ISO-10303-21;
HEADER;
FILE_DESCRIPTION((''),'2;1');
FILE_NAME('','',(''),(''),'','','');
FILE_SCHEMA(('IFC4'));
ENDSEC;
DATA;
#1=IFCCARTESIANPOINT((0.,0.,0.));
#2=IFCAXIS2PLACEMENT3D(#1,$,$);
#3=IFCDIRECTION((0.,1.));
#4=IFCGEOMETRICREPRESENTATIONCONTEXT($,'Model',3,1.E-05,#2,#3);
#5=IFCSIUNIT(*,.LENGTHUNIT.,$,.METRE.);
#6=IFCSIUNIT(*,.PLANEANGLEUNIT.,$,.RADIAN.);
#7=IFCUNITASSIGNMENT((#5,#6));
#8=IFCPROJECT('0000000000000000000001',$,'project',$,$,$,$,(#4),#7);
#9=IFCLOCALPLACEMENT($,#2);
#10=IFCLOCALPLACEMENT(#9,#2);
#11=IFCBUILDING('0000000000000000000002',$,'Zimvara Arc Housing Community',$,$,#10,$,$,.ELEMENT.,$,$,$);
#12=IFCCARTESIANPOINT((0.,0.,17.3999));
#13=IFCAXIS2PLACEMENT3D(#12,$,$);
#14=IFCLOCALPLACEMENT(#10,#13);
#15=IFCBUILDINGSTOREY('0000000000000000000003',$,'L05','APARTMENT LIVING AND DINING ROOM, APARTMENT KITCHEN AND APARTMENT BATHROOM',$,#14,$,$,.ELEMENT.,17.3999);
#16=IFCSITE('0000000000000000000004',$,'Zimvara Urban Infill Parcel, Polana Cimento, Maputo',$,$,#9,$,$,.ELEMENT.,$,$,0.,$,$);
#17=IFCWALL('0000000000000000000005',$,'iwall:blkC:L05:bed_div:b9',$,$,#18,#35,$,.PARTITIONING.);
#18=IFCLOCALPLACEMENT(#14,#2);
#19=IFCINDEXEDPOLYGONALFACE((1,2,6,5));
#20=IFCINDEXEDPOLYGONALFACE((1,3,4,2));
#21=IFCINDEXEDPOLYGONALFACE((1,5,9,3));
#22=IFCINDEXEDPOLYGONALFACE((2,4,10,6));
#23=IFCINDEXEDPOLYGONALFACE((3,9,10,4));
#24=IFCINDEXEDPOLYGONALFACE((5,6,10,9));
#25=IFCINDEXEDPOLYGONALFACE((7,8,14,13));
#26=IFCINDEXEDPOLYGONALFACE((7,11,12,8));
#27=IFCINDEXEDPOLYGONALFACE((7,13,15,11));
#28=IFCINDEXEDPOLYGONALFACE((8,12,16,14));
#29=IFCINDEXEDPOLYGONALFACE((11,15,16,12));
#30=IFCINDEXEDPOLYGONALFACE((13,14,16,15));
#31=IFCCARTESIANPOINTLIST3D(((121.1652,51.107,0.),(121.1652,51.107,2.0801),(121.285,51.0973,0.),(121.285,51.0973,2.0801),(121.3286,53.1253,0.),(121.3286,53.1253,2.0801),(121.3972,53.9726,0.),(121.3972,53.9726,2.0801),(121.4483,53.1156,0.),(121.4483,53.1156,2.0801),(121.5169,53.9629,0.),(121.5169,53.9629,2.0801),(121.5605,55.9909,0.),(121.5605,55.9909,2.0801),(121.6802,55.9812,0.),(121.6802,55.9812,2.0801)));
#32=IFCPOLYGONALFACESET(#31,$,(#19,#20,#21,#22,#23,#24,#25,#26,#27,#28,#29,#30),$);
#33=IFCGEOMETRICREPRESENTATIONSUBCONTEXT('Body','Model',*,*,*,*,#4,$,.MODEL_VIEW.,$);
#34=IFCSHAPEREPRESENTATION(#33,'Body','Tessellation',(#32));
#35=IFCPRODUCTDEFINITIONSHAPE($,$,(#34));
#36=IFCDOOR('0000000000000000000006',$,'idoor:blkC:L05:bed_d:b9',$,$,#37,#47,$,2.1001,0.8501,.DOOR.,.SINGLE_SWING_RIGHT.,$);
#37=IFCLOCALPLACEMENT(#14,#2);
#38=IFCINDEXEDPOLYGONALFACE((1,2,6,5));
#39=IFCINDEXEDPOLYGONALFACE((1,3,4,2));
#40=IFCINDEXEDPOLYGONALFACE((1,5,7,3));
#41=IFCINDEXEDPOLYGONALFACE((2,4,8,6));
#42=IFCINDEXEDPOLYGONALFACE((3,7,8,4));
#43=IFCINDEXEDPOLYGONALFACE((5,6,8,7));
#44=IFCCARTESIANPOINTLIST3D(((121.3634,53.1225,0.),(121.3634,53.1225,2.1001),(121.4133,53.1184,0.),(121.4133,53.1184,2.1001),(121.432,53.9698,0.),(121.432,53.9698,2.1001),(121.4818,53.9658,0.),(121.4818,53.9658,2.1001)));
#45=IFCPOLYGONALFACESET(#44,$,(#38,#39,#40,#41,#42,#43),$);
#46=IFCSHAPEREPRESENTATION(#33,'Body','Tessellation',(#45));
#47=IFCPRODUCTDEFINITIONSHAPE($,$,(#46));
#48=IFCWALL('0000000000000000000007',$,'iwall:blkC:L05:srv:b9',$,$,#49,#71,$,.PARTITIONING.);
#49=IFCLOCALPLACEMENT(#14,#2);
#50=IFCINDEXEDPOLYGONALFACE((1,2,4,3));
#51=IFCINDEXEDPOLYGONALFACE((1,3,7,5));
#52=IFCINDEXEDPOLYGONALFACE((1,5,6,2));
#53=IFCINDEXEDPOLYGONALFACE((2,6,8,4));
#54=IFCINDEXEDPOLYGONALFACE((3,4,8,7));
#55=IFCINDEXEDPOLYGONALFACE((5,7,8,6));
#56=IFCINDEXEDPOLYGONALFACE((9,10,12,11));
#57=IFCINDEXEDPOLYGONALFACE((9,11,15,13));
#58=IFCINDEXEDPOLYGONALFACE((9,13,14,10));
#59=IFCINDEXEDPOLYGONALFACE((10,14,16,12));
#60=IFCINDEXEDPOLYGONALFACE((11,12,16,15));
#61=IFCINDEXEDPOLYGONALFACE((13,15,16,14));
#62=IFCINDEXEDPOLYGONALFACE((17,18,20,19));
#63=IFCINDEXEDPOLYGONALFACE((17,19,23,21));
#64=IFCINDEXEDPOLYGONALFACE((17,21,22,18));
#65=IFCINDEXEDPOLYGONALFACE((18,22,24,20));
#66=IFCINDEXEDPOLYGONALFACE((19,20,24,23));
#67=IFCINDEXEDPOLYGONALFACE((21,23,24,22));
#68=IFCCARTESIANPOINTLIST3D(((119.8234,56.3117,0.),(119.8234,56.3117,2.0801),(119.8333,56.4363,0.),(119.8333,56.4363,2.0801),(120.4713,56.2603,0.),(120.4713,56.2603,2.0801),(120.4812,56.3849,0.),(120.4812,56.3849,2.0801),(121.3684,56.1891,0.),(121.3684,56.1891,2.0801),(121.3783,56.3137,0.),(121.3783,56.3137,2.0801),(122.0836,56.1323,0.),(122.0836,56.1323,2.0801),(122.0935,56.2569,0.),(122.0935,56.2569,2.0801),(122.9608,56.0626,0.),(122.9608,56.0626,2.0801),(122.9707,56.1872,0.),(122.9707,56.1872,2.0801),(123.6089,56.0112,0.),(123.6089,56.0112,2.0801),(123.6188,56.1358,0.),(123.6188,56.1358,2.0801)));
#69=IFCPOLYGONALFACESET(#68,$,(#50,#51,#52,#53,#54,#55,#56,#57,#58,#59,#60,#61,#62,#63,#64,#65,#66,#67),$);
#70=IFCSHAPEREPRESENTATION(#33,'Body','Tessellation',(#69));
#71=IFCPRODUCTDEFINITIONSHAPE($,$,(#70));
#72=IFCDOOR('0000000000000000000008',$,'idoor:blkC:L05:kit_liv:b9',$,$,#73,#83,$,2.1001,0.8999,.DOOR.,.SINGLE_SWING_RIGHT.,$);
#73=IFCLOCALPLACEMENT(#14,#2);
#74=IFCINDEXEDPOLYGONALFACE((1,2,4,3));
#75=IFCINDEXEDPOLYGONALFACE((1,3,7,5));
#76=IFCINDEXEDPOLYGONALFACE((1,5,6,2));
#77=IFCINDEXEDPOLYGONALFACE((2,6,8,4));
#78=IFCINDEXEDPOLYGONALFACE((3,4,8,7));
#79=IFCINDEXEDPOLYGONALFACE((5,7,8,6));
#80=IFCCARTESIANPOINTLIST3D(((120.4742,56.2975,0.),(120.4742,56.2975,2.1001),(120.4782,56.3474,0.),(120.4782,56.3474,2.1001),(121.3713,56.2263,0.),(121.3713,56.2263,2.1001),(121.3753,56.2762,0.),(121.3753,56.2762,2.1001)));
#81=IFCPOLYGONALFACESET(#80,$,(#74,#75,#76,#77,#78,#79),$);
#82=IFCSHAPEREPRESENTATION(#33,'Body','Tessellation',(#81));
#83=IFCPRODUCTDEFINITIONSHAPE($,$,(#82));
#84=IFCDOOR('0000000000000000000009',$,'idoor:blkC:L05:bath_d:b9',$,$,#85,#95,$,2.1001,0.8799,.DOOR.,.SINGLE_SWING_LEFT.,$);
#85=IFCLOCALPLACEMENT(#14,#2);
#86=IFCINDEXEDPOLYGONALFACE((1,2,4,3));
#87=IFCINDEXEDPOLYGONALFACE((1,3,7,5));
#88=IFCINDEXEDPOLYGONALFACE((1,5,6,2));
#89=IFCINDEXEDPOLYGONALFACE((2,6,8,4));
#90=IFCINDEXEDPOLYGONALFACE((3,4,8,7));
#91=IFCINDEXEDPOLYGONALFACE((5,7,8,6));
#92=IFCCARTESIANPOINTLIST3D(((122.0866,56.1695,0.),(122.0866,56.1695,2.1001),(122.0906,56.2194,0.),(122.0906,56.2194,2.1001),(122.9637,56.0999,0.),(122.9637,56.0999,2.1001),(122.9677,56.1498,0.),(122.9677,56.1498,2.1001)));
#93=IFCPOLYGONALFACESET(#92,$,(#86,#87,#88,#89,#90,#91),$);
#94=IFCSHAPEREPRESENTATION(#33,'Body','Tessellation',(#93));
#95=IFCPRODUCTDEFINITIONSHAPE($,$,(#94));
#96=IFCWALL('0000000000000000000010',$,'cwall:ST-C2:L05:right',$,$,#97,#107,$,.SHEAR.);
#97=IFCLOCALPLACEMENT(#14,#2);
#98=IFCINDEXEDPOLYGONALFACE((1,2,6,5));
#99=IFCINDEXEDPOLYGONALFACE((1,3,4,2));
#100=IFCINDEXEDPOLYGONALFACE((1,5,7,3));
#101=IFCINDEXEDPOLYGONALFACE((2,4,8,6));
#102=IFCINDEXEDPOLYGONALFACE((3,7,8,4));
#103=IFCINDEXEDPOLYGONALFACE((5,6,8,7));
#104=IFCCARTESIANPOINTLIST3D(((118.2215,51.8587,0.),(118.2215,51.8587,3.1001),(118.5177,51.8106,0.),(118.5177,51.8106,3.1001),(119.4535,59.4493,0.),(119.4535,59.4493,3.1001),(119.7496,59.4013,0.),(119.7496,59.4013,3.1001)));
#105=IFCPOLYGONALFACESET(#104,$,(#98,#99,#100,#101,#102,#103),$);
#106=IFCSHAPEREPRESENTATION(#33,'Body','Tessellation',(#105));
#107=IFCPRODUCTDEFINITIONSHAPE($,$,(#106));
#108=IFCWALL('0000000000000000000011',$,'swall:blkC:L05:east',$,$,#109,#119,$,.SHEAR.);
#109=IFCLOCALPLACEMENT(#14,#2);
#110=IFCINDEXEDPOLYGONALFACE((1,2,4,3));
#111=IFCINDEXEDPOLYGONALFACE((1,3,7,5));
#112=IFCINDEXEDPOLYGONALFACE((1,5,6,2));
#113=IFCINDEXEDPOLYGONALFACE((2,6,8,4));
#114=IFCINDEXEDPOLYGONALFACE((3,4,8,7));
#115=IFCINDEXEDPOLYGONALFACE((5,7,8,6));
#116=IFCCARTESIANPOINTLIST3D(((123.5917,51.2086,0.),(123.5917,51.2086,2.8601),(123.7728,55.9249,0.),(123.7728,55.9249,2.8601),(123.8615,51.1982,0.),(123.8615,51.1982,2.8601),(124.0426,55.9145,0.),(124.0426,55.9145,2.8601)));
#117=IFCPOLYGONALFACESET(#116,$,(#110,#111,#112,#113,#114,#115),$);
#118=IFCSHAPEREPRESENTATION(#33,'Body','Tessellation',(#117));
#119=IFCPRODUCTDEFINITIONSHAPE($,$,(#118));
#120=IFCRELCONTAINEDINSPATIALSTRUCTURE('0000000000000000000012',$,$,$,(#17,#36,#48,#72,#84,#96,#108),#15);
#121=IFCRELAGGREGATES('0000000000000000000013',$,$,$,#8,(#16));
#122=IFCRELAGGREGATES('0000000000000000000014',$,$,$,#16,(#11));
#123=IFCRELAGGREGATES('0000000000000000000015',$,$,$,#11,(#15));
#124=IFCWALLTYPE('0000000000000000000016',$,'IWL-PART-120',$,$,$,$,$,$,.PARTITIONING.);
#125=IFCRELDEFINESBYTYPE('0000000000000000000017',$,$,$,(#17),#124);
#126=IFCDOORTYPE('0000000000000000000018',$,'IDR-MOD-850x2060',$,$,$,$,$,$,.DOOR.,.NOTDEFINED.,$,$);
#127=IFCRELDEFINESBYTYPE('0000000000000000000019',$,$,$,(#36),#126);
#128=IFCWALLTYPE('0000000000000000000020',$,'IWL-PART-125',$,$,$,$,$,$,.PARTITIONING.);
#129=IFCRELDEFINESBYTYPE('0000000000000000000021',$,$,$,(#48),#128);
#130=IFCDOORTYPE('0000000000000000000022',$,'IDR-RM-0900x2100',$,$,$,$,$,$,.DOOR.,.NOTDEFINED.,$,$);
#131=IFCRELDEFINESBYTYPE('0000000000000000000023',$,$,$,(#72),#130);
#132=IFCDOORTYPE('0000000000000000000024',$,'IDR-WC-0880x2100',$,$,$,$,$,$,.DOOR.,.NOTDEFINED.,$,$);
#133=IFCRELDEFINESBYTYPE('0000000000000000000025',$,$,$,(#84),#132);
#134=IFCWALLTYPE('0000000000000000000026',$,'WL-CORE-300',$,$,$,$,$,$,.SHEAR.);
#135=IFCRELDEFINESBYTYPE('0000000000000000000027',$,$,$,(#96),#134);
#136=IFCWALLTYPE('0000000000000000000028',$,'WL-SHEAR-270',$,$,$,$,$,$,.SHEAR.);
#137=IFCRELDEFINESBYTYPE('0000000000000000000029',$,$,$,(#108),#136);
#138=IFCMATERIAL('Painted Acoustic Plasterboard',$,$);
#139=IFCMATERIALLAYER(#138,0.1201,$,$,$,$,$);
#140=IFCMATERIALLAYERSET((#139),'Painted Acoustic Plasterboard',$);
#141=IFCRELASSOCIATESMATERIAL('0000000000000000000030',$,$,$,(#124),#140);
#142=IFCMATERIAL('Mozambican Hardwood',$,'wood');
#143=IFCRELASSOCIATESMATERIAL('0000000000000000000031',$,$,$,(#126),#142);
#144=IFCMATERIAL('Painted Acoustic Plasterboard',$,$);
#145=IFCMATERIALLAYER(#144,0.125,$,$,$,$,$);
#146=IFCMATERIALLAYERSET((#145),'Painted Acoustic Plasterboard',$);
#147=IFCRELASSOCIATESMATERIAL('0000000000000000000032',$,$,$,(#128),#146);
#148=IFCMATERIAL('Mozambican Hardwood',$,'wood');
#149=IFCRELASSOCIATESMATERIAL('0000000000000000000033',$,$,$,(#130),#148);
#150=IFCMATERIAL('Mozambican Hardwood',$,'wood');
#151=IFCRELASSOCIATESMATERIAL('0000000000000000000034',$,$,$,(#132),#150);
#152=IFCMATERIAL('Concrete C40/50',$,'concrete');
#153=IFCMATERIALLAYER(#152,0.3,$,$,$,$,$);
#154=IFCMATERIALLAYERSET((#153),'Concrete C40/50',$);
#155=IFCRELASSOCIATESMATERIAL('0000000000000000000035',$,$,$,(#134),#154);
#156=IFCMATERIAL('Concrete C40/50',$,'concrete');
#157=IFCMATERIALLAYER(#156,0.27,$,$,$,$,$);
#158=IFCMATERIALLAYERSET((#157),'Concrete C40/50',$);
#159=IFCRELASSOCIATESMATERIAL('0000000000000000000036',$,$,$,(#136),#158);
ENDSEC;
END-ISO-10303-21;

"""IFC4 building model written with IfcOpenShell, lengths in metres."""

from ifc_helpers import new_model, si_unit, direction, frame, frame_2d, origin, place, context, subcontext, project, spatial, rectangle, extrude, material, layer, layer_set, type_object, element, fill, save


model = new_model("IFC4")

# Units and contexts
model_context = context("Model", 3, precision=1e-05, world=origin(), true_north=direction((0.0, 1.0)))
body_context = subcontext(model_context, "Body", "Model", "MODEL_VIEW")
ifc_project = project(units=[si_unit("LENGTHUNIT", "METRE"), si_unit("PLANEANGLEUNIT", "RADIAN")], contexts=[model_context])

# Site, building, storey
site_placement = place(None, origin())
site = spatial("IfcSite", under=ifc_project, at=site_placement, Name="Zimvara Urban Infill Parcel, Polana Cimento, Maputo", CompositionType="ELEMENT", RefElevation=0.0)
building_placement = place(site_placement, origin())
building = spatial("IfcBuilding", under=site, at=building_placement, Name="Zimvara Arc Housing Community", CompositionType="ELEMENT")
storey_placement = place(building_placement, frame((0.0, 0.0, 17.3999)))
storey = spatial("IfcBuildingStorey", under=building, at=storey_placement, Name="L05", Description="APARTMENT LIVING AND DINING ROOM, APARTMENT KITCHEN AND APARTMENT BATHROOM", CompositionType="ELEMENT", Elevation=17.3999)

# Wall, opening, door
ifc_material_1 = material(Name="Painted Acoustic Plasterboard")
ifc_layer_1 = layer(ifc_material_1, 0.1201)
ifc_layer_set_1 = layer_set([ifc_layer_1], Name="Painted Acoustic Plasterboard")
wall_type_1 = type_object("IfcWallType", Name="IWL-PART-120", PredefinedType="PARTITIONING", material=ifc_layer_set_1)
wall_1_placement = place(storey_placement, frame((121.6204, 55.9861, 0.0), z_axis=(0.0, 0.0, 1.0), x_axis=(-0.080666, -0.996741, 0.0)))
wall_1 = element("IfcWall", 1, at=wall_1_placement, inside=storey, type_object=wall_type_1, Name="iwall:blkC:L05:bed_div:b9", PredefinedType="PARTITIONING", context=body_context, shape_type="SweptSolid", body=[
    extrude(rectangle(XDim=4.8999, YDim=0.1201, at=frame_2d((2.45, 0.0))), origin(), (0.0, 0.0, 1.0), 2.0801),
])
opening_1_placement = place(wall_1_placement, frame((2.0249, 0.0, 0.0)))
opening_1 = element("IfcOpeningElement", 2, at=opening_1_placement, cuts=wall_1, PredefinedType="OPENING", context=body_context, shape_type="SweptSolid", body=[
    extrude(rectangle(XDim=0.8501, YDim=2.1001, at=frame_2d((0.425, 1.05))), frame((0.0, 0.0701, 0.0), z_axis=(0.0, -1.0, 0.0), x_axis=(1.0, 0.0, 0.0)), (0.0, 0.0, 1.0), 0.1401),
])
ifc_material_2 = material(Name="Mozambican Hardwood", Category="wood")
door_type_1 = type_object("IfcDoorType", Name="IDR-MOD-850x2060", OperationType="NOTDEFINED", PredefinedType="DOOR", material=ifc_material_2)
door_1_placement = place(opening_1_placement, origin())
door_1 = element("IfcDoor", 3, at=door_1_placement, inside=storey, type_object=door_type_1, Name="idoor:blkC:L05:bed_d:b9", OperationType="SINGLE_SWING_RIGHT", OverallHeight=2.1001, OverallWidth=0.8501, PredefinedType="DOOR", context=body_context, shape_type="SweptSolid", body=[
    extrude(rectangle(XDim=0.8501, YDim=2.1001, at=frame_2d((0.425, 1.05))), frame((0.0, 0.0249, 0.0), z_axis=(0.0, -1.0, 0.0), x_axis=(1.0, 0.0, 0.0)), (0.0, 0.0, 1.0), 0.05),
])
fill(opening_1, door_1)

# Wall, openings, doors
ifc_material_3 = material(Name="Painted Acoustic Plasterboard")
ifc_layer_2 = layer(ifc_material_3, 0.125)
ifc_layer_set_2 = layer_set([ifc_layer_2], Name="Painted Acoustic Plasterboard")
wall_type_2 = type_object("IfcWallType", Name="IWL-PART-125", PredefinedType="PARTITIONING", material=ifc_layer_set_2)
wall_2_placement = place(storey_placement, frame((119.8284, 56.374, 0.0), z_axis=(0.0, 0.0, 1.0), x_axis=(0.996863, -0.079145, 0.0)))
wall_2 = element("IfcWall", 4, at=wall_2_placement, inside=storey, type_object=wall_type_2, Name="iwall:blkC:L05:srv:b9", PredefinedType="PARTITIONING", context=body_context, shape_type="SweptSolid", body=[
    extrude(rectangle(XDim=3.7974, YDim=0.125, at=frame_2d((1.8987, 0.0))), origin(), (0.0, 0.0, 1.0), 2.0801),
])
opening_2_placement = place(wall_2_placement, frame((0.6499, 0.0, 0.0)))
opening_2 = element("IfcOpeningElement", 5, at=opening_2_placement, cuts=wall_2, PredefinedType="OPENING", context=body_context, shape_type="SweptSolid", body=[
    extrude(rectangle(XDim=0.8999, YDim=2.1001, at=frame_2d((0.45, 1.05))), frame((0.0, 0.0725, 0.0), z_axis=(0.0, -1.0, 0.0), x_axis=(1.0, 0.0, 0.0)), (0.0, 0.0, 1.0), 0.145),
])
opening_3_placement = place(wall_2_placement, frame((2.2673, 0.0, 0.0)))
opening_3 = element("IfcOpeningElement", 6, at=opening_3_placement, cuts=wall_2, PredefinedType="OPENING", context=body_context, shape_type="SweptSolid", body=[
    extrude(rectangle(XDim=0.8799, YDim=2.1001, at=frame_2d((0.4399, 1.05))), frame((0.0, 0.0725, 0.0), z_axis=(0.0, -1.0, 0.0), x_axis=(1.0, 0.0, 0.0)), (0.0, 0.0, 1.0), 0.145),
])
ifc_material_4 = material(Name="Mozambican Hardwood", Category="wood")
door_type_2 = type_object("IfcDoorType", Name="IDR-RM-0900x2100", OperationType="NOTDEFINED", PredefinedType="DOOR", material=ifc_material_4)
door_2_placement = place(opening_2_placement, origin())
door_2 = element("IfcDoor", 7, at=door_2_placement, inside=storey, type_object=door_type_2, Name="idoor:blkC:L05:kit_liv:b9", OperationType="SINGLE_SWING_RIGHT", OverallHeight=2.1001, OverallWidth=0.8999, PredefinedType="DOOR", context=body_context, shape_type="SweptSolid", body=[
    extrude(rectangle(XDim=0.8999, YDim=2.1001, at=frame_2d((0.45, 1.05))), frame((0.0, 0.0249, 0.0), z_axis=(0.0, -1.0, 0.0), x_axis=(1.0, 0.0, 0.0)), (0.0, 0.0, 1.0), 0.05),
])
fill(opening_2, door_2)
ifc_material_5 = material(Name="Mozambican Hardwood", Category="wood")
door_type_3 = type_object("IfcDoorType", Name="IDR-WC-0880x2100", OperationType="NOTDEFINED", PredefinedType="DOOR", material=ifc_material_5)
door_3_placement = place(opening_3_placement, origin())
door_3 = element("IfcDoor", 8, at=door_3_placement, inside=storey, type_object=door_type_3, Name="idoor:blkC:L05:bath_d:b9", OperationType="SINGLE_SWING_LEFT", OverallHeight=2.1001, OverallWidth=0.8799, PredefinedType="DOOR", context=body_context, shape_type="SweptSolid", body=[
    extrude(rectangle(XDim=0.8799, YDim=2.1001, at=frame_2d((0.4399, 1.05))), frame((0.0, 0.0249, 0.0), z_axis=(0.0, -1.0, 0.0), x_axis=(1.0, 0.0, 0.0)), (0.0, 0.0, 1.0), 0.05),
])
fill(opening_3, door_3)

# Walls
ifc_material_6 = material(Name="Concrete C40/50", Category="concrete")
ifc_layer_3 = layer(ifc_material_6, 0.3)
ifc_layer_set_3 = layer_set([ifc_layer_3], Name="Concrete C40/50")
wall_type_3 = type_object("IfcWallType", Name="WL-CORE-300", PredefinedType="SHEAR", material=ifc_layer_set_3)
wall_3_placement = place(storey_placement, frame((119.6016, 59.4253, 0.0), z_axis=(0.0, 0.0, 1.0), x_axis=(-0.160202, -0.987084, 0.0)))
element("IfcWall", 9, at=wall_3_placement, inside=storey, type_object=wall_type_3, Name="cwall:ST-C2:L05:right", PredefinedType="SHEAR", context=body_context, shape_type="SweptSolid", body=[
    extrude(rectangle(XDim=7.6899, YDim=0.3, at=frame_2d((3.845, 0.0))), origin(), (0.0, 0.0, 1.0), 3.1001),
])
ifc_material_7 = material(Name="Concrete C40/50", Category="concrete")
ifc_layer_4 = layer(ifc_material_7, 0.27)
ifc_layer_set_4 = layer_set([ifc_layer_4], Name="Concrete C40/50")
wall_type_4 = type_object("IfcWallType", Name="WL-SHEAR-270", PredefinedType="SHEAR", material=ifc_layer_set_4)
wall_4_placement = place(storey_placement, frame((123.9077, 55.9197, 0.0), z_axis=(0.0, 0.0, 1.0), x_axis=(-0.038381, -0.999263, 0.0)))
element("IfcWall", 10, at=wall_4_placement, inside=storey, type_object=wall_type_4, Name="swall:blkC:L05:east", PredefinedType="SHEAR", context=body_context, shape_type="SweptSolid", body=[
    extrude(rectangle(XDim=4.7197, YDim=0.27, at=frame_2d((2.3599, 0.0))), origin(), (0.0, 0.0, 1.0), 2.8601),
])

save(model, "model.ifc")
